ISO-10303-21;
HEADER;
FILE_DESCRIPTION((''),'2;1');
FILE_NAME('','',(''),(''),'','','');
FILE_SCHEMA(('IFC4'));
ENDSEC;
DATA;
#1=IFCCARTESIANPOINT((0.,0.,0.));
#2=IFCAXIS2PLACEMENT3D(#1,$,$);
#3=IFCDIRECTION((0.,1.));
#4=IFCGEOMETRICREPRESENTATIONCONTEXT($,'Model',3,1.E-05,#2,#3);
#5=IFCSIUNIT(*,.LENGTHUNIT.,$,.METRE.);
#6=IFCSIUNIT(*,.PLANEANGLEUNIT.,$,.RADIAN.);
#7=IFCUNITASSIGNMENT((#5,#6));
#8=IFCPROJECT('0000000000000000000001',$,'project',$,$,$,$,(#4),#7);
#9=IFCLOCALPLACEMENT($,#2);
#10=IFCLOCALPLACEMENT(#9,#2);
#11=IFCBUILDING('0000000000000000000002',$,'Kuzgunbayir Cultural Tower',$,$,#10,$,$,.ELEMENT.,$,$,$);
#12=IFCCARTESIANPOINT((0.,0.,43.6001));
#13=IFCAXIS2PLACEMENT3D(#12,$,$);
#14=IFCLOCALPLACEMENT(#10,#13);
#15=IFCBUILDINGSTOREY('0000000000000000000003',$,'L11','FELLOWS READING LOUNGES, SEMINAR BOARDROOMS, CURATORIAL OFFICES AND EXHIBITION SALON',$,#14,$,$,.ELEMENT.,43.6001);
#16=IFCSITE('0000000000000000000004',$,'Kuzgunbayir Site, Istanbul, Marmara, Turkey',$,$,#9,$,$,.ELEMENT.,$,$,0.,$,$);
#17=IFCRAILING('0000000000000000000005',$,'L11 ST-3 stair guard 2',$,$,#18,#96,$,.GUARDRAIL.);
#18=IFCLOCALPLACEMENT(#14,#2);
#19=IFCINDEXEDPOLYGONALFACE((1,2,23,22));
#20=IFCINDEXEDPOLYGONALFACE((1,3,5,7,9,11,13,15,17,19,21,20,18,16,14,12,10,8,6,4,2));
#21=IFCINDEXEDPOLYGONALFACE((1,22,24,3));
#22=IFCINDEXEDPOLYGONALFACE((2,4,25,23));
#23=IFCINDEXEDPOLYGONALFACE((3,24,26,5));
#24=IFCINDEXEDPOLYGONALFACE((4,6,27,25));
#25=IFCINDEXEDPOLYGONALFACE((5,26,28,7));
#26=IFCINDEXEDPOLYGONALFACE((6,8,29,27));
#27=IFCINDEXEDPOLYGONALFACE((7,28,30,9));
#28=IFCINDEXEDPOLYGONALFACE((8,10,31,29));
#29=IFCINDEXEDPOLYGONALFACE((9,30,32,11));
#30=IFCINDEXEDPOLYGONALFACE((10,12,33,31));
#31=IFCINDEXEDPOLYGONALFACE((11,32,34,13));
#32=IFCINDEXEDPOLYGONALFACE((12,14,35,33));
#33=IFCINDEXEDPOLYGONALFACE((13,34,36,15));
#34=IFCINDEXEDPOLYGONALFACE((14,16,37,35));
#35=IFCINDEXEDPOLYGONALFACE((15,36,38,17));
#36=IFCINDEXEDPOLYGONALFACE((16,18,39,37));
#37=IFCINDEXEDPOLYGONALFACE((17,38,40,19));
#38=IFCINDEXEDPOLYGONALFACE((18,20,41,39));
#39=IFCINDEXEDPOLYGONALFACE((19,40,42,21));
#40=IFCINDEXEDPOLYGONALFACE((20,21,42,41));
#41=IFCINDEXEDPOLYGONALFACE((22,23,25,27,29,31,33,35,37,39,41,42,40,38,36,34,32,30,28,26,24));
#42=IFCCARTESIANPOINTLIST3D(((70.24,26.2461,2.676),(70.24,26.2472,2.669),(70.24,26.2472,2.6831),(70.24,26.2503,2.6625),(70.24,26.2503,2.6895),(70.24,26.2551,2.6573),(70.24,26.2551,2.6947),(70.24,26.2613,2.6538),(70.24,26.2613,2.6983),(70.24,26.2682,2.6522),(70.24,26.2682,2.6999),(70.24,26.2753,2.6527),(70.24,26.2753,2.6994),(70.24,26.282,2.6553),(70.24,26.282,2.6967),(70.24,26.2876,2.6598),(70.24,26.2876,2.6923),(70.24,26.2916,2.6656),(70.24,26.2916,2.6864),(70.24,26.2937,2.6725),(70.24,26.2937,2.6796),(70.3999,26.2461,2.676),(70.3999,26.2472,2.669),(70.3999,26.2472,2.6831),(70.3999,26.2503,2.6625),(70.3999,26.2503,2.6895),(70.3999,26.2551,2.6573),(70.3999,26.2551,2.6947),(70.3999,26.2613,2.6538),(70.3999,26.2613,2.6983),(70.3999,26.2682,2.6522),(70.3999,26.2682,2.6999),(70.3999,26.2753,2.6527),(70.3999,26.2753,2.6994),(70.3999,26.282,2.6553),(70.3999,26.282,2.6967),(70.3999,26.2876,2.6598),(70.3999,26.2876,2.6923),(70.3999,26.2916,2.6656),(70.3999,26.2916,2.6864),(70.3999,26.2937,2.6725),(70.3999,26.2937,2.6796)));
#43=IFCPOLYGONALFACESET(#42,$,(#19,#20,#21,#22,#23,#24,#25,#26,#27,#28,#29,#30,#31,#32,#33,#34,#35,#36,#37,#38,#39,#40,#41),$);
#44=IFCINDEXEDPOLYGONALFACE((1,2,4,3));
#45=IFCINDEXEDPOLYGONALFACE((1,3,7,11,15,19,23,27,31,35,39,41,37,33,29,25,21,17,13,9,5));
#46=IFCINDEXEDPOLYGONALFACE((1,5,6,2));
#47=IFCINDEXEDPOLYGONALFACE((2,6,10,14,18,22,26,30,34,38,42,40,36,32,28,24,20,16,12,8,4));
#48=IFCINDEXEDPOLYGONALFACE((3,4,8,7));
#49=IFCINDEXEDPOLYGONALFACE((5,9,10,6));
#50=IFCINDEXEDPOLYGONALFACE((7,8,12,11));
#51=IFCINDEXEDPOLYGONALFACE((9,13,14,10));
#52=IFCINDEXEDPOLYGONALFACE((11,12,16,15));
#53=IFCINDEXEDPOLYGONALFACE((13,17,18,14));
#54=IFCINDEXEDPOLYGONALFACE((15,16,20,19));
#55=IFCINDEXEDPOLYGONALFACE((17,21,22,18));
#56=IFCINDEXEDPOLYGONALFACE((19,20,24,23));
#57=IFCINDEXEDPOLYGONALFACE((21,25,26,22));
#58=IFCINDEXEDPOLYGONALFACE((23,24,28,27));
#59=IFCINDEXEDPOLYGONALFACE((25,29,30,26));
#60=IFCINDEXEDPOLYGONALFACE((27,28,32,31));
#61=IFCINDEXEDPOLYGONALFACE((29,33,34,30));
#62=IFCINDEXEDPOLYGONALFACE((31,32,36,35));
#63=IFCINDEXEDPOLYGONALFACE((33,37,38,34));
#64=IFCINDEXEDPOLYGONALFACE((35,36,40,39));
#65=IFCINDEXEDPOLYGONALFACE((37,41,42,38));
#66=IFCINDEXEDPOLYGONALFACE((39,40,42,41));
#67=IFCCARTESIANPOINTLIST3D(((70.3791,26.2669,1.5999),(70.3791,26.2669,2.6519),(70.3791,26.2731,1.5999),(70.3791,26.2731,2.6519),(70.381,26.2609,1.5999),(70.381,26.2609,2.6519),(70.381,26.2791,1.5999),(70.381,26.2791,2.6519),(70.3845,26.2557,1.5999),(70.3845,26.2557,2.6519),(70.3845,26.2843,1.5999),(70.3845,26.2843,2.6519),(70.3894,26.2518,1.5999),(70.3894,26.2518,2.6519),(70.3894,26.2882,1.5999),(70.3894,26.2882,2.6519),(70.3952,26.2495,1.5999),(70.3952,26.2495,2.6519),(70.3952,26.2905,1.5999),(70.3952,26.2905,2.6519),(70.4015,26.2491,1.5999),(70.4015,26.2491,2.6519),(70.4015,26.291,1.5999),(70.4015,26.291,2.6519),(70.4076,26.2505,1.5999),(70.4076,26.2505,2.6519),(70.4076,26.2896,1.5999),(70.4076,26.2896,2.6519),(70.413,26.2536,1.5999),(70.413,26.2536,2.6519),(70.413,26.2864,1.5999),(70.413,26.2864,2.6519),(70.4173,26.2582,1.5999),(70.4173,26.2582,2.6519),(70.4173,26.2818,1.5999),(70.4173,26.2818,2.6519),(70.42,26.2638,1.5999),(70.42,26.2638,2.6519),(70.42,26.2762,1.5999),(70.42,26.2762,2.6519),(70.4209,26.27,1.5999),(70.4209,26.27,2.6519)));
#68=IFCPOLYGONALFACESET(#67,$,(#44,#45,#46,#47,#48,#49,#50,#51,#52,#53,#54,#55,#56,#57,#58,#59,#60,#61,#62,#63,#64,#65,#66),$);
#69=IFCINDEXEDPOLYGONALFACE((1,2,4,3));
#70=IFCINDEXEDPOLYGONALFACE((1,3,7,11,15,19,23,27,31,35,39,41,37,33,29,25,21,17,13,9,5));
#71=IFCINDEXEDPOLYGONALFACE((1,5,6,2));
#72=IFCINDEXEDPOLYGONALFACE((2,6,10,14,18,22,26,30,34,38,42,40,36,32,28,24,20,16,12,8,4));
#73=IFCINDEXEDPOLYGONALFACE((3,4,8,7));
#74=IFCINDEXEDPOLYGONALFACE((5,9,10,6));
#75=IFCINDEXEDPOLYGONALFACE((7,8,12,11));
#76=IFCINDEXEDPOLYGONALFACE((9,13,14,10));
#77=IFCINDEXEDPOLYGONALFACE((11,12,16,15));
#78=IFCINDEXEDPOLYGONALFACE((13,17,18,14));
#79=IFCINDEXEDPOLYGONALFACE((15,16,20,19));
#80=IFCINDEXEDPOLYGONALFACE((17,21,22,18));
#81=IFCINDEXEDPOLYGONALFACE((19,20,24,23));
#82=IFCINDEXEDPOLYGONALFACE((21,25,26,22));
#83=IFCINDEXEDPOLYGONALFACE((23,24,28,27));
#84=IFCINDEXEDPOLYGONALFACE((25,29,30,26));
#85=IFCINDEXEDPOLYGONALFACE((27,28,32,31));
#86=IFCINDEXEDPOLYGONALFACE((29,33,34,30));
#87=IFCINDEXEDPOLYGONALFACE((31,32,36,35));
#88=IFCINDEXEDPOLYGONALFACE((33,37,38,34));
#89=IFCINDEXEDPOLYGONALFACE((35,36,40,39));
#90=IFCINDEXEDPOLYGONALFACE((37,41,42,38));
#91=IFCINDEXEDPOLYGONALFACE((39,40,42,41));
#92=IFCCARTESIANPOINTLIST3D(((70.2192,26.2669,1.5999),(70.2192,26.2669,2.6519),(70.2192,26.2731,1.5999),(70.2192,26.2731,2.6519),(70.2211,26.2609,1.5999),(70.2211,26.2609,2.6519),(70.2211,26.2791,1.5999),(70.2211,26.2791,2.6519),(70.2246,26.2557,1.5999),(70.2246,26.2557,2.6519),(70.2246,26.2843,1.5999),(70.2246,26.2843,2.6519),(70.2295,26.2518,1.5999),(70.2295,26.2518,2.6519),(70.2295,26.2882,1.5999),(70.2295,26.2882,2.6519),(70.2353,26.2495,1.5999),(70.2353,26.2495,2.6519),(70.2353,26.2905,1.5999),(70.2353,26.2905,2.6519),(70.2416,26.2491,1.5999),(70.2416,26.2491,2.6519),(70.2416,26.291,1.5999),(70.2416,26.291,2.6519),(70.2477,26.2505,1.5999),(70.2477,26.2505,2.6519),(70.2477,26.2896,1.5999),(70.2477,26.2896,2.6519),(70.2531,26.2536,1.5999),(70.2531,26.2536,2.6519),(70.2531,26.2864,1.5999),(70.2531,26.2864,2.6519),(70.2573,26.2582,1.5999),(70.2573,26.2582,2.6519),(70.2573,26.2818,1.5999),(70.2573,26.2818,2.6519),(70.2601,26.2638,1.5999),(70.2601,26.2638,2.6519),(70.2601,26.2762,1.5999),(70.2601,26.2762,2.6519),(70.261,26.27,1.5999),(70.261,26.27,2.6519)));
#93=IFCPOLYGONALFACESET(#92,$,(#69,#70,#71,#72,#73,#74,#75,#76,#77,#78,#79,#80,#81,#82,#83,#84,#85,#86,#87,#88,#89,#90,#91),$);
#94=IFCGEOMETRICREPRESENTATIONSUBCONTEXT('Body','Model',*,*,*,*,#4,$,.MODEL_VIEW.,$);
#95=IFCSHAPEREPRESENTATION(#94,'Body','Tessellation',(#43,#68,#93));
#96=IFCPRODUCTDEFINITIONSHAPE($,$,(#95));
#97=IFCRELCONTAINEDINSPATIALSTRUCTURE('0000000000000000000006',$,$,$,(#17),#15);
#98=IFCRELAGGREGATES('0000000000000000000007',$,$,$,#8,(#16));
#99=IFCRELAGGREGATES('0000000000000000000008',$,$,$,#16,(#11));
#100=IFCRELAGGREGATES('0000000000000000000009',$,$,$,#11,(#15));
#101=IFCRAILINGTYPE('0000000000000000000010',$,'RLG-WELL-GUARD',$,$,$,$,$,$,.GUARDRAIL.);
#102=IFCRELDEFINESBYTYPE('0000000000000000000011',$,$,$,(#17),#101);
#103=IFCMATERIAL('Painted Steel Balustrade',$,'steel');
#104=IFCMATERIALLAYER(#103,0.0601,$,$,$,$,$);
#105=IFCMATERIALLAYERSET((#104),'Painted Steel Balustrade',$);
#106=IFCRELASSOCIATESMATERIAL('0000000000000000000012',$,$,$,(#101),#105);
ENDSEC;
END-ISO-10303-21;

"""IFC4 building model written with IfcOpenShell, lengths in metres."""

from ifc_helpers import new_model, si_unit, direction, frame, origin, origin_2d, place, context, subcontext, project, spatial, circle, extrude, material, layer, layer_set, type_object, element, save


model = new_model("IFC4")

# Units and contexts
model_context = context("Model", 3, precision=1e-05, world=origin(), true_north=direction((0.0, 1.0)))
body_context = subcontext(model_context, "Body", "Model", "MODEL_VIEW")
ifc_project = project(units=[si_unit("LENGTHUNIT", "METRE"), si_unit("PLANEANGLEUNIT", "RADIAN")], contexts=[model_context])

# Site, building, storey
site_placement = place(None, origin())
site = spatial("IfcSite", under=ifc_project, at=site_placement, Name="Kuzgunbayir Site, Istanbul, Marmara, Turkey", CompositionType="ELEMENT", RefElevation=0.0)
building_placement = place(site_placement, origin())
building = spatial("IfcBuilding", under=site, at=building_placement, Name="Kuzgunbayir Cultural Tower", CompositionType="ELEMENT")
storey_placement = place(building_placement, frame((0.0, 0.0, 43.6001)))
storey = spatial("IfcBuildingStorey", under=building, at=storey_placement, Name="L11", Description="FELLOWS READING LOUNGES, SEMINAR BOARDROOMS, CURATORIAL OFFICES AND EXHIBITION SALON", CompositionType="ELEMENT", Elevation=43.6001)

# Railing
ifc_material_1 = material(Name="Painted Steel Balustrade", Category="steel")
ifc_layer_1 = layer(ifc_material_1, 0.0601)
ifc_layer_set_1 = layer_set([ifc_layer_1], Name="Painted Steel Balustrade")
railing_type_1 = type_object("IfcRailingType", Name="RLG-WELL-GUARD", PredefinedType="GUARDRAIL", material=ifc_layer_set_1)
railing_1_placement = place(storey_placement, frame((70.3999, 26.27, 1.5999)))
element("IfcRailing", 1, at=railing_1_placement, inside=storey, type_object=railing_type_1, Name="L11 ST-3 stair guard 2", PredefinedType="GUARDRAIL", context=body_context, shape_type="SweptSolid", body=[
    extrude(circle(Radius=0.0239, at=origin_2d()), frame((0.0, 0.0, 1.0762), z_axis=(-1.0, 0.0, 0.0), x_axis=(0.0, -1.0, 0.0)), (0.0, 0.0, 1.0), 0.1599),
    extrude(circle(Radius=0.021, at=origin_2d()), origin(), (0.0, 0.0, 1.0), 1.052),
    extrude(circle(Radius=0.021, at=origin_2d()), frame((-0.1599, 0.0, 0.0)), (0.0, 0.0, 1.0), 1.052),
])

save(model, "model.ifc")
